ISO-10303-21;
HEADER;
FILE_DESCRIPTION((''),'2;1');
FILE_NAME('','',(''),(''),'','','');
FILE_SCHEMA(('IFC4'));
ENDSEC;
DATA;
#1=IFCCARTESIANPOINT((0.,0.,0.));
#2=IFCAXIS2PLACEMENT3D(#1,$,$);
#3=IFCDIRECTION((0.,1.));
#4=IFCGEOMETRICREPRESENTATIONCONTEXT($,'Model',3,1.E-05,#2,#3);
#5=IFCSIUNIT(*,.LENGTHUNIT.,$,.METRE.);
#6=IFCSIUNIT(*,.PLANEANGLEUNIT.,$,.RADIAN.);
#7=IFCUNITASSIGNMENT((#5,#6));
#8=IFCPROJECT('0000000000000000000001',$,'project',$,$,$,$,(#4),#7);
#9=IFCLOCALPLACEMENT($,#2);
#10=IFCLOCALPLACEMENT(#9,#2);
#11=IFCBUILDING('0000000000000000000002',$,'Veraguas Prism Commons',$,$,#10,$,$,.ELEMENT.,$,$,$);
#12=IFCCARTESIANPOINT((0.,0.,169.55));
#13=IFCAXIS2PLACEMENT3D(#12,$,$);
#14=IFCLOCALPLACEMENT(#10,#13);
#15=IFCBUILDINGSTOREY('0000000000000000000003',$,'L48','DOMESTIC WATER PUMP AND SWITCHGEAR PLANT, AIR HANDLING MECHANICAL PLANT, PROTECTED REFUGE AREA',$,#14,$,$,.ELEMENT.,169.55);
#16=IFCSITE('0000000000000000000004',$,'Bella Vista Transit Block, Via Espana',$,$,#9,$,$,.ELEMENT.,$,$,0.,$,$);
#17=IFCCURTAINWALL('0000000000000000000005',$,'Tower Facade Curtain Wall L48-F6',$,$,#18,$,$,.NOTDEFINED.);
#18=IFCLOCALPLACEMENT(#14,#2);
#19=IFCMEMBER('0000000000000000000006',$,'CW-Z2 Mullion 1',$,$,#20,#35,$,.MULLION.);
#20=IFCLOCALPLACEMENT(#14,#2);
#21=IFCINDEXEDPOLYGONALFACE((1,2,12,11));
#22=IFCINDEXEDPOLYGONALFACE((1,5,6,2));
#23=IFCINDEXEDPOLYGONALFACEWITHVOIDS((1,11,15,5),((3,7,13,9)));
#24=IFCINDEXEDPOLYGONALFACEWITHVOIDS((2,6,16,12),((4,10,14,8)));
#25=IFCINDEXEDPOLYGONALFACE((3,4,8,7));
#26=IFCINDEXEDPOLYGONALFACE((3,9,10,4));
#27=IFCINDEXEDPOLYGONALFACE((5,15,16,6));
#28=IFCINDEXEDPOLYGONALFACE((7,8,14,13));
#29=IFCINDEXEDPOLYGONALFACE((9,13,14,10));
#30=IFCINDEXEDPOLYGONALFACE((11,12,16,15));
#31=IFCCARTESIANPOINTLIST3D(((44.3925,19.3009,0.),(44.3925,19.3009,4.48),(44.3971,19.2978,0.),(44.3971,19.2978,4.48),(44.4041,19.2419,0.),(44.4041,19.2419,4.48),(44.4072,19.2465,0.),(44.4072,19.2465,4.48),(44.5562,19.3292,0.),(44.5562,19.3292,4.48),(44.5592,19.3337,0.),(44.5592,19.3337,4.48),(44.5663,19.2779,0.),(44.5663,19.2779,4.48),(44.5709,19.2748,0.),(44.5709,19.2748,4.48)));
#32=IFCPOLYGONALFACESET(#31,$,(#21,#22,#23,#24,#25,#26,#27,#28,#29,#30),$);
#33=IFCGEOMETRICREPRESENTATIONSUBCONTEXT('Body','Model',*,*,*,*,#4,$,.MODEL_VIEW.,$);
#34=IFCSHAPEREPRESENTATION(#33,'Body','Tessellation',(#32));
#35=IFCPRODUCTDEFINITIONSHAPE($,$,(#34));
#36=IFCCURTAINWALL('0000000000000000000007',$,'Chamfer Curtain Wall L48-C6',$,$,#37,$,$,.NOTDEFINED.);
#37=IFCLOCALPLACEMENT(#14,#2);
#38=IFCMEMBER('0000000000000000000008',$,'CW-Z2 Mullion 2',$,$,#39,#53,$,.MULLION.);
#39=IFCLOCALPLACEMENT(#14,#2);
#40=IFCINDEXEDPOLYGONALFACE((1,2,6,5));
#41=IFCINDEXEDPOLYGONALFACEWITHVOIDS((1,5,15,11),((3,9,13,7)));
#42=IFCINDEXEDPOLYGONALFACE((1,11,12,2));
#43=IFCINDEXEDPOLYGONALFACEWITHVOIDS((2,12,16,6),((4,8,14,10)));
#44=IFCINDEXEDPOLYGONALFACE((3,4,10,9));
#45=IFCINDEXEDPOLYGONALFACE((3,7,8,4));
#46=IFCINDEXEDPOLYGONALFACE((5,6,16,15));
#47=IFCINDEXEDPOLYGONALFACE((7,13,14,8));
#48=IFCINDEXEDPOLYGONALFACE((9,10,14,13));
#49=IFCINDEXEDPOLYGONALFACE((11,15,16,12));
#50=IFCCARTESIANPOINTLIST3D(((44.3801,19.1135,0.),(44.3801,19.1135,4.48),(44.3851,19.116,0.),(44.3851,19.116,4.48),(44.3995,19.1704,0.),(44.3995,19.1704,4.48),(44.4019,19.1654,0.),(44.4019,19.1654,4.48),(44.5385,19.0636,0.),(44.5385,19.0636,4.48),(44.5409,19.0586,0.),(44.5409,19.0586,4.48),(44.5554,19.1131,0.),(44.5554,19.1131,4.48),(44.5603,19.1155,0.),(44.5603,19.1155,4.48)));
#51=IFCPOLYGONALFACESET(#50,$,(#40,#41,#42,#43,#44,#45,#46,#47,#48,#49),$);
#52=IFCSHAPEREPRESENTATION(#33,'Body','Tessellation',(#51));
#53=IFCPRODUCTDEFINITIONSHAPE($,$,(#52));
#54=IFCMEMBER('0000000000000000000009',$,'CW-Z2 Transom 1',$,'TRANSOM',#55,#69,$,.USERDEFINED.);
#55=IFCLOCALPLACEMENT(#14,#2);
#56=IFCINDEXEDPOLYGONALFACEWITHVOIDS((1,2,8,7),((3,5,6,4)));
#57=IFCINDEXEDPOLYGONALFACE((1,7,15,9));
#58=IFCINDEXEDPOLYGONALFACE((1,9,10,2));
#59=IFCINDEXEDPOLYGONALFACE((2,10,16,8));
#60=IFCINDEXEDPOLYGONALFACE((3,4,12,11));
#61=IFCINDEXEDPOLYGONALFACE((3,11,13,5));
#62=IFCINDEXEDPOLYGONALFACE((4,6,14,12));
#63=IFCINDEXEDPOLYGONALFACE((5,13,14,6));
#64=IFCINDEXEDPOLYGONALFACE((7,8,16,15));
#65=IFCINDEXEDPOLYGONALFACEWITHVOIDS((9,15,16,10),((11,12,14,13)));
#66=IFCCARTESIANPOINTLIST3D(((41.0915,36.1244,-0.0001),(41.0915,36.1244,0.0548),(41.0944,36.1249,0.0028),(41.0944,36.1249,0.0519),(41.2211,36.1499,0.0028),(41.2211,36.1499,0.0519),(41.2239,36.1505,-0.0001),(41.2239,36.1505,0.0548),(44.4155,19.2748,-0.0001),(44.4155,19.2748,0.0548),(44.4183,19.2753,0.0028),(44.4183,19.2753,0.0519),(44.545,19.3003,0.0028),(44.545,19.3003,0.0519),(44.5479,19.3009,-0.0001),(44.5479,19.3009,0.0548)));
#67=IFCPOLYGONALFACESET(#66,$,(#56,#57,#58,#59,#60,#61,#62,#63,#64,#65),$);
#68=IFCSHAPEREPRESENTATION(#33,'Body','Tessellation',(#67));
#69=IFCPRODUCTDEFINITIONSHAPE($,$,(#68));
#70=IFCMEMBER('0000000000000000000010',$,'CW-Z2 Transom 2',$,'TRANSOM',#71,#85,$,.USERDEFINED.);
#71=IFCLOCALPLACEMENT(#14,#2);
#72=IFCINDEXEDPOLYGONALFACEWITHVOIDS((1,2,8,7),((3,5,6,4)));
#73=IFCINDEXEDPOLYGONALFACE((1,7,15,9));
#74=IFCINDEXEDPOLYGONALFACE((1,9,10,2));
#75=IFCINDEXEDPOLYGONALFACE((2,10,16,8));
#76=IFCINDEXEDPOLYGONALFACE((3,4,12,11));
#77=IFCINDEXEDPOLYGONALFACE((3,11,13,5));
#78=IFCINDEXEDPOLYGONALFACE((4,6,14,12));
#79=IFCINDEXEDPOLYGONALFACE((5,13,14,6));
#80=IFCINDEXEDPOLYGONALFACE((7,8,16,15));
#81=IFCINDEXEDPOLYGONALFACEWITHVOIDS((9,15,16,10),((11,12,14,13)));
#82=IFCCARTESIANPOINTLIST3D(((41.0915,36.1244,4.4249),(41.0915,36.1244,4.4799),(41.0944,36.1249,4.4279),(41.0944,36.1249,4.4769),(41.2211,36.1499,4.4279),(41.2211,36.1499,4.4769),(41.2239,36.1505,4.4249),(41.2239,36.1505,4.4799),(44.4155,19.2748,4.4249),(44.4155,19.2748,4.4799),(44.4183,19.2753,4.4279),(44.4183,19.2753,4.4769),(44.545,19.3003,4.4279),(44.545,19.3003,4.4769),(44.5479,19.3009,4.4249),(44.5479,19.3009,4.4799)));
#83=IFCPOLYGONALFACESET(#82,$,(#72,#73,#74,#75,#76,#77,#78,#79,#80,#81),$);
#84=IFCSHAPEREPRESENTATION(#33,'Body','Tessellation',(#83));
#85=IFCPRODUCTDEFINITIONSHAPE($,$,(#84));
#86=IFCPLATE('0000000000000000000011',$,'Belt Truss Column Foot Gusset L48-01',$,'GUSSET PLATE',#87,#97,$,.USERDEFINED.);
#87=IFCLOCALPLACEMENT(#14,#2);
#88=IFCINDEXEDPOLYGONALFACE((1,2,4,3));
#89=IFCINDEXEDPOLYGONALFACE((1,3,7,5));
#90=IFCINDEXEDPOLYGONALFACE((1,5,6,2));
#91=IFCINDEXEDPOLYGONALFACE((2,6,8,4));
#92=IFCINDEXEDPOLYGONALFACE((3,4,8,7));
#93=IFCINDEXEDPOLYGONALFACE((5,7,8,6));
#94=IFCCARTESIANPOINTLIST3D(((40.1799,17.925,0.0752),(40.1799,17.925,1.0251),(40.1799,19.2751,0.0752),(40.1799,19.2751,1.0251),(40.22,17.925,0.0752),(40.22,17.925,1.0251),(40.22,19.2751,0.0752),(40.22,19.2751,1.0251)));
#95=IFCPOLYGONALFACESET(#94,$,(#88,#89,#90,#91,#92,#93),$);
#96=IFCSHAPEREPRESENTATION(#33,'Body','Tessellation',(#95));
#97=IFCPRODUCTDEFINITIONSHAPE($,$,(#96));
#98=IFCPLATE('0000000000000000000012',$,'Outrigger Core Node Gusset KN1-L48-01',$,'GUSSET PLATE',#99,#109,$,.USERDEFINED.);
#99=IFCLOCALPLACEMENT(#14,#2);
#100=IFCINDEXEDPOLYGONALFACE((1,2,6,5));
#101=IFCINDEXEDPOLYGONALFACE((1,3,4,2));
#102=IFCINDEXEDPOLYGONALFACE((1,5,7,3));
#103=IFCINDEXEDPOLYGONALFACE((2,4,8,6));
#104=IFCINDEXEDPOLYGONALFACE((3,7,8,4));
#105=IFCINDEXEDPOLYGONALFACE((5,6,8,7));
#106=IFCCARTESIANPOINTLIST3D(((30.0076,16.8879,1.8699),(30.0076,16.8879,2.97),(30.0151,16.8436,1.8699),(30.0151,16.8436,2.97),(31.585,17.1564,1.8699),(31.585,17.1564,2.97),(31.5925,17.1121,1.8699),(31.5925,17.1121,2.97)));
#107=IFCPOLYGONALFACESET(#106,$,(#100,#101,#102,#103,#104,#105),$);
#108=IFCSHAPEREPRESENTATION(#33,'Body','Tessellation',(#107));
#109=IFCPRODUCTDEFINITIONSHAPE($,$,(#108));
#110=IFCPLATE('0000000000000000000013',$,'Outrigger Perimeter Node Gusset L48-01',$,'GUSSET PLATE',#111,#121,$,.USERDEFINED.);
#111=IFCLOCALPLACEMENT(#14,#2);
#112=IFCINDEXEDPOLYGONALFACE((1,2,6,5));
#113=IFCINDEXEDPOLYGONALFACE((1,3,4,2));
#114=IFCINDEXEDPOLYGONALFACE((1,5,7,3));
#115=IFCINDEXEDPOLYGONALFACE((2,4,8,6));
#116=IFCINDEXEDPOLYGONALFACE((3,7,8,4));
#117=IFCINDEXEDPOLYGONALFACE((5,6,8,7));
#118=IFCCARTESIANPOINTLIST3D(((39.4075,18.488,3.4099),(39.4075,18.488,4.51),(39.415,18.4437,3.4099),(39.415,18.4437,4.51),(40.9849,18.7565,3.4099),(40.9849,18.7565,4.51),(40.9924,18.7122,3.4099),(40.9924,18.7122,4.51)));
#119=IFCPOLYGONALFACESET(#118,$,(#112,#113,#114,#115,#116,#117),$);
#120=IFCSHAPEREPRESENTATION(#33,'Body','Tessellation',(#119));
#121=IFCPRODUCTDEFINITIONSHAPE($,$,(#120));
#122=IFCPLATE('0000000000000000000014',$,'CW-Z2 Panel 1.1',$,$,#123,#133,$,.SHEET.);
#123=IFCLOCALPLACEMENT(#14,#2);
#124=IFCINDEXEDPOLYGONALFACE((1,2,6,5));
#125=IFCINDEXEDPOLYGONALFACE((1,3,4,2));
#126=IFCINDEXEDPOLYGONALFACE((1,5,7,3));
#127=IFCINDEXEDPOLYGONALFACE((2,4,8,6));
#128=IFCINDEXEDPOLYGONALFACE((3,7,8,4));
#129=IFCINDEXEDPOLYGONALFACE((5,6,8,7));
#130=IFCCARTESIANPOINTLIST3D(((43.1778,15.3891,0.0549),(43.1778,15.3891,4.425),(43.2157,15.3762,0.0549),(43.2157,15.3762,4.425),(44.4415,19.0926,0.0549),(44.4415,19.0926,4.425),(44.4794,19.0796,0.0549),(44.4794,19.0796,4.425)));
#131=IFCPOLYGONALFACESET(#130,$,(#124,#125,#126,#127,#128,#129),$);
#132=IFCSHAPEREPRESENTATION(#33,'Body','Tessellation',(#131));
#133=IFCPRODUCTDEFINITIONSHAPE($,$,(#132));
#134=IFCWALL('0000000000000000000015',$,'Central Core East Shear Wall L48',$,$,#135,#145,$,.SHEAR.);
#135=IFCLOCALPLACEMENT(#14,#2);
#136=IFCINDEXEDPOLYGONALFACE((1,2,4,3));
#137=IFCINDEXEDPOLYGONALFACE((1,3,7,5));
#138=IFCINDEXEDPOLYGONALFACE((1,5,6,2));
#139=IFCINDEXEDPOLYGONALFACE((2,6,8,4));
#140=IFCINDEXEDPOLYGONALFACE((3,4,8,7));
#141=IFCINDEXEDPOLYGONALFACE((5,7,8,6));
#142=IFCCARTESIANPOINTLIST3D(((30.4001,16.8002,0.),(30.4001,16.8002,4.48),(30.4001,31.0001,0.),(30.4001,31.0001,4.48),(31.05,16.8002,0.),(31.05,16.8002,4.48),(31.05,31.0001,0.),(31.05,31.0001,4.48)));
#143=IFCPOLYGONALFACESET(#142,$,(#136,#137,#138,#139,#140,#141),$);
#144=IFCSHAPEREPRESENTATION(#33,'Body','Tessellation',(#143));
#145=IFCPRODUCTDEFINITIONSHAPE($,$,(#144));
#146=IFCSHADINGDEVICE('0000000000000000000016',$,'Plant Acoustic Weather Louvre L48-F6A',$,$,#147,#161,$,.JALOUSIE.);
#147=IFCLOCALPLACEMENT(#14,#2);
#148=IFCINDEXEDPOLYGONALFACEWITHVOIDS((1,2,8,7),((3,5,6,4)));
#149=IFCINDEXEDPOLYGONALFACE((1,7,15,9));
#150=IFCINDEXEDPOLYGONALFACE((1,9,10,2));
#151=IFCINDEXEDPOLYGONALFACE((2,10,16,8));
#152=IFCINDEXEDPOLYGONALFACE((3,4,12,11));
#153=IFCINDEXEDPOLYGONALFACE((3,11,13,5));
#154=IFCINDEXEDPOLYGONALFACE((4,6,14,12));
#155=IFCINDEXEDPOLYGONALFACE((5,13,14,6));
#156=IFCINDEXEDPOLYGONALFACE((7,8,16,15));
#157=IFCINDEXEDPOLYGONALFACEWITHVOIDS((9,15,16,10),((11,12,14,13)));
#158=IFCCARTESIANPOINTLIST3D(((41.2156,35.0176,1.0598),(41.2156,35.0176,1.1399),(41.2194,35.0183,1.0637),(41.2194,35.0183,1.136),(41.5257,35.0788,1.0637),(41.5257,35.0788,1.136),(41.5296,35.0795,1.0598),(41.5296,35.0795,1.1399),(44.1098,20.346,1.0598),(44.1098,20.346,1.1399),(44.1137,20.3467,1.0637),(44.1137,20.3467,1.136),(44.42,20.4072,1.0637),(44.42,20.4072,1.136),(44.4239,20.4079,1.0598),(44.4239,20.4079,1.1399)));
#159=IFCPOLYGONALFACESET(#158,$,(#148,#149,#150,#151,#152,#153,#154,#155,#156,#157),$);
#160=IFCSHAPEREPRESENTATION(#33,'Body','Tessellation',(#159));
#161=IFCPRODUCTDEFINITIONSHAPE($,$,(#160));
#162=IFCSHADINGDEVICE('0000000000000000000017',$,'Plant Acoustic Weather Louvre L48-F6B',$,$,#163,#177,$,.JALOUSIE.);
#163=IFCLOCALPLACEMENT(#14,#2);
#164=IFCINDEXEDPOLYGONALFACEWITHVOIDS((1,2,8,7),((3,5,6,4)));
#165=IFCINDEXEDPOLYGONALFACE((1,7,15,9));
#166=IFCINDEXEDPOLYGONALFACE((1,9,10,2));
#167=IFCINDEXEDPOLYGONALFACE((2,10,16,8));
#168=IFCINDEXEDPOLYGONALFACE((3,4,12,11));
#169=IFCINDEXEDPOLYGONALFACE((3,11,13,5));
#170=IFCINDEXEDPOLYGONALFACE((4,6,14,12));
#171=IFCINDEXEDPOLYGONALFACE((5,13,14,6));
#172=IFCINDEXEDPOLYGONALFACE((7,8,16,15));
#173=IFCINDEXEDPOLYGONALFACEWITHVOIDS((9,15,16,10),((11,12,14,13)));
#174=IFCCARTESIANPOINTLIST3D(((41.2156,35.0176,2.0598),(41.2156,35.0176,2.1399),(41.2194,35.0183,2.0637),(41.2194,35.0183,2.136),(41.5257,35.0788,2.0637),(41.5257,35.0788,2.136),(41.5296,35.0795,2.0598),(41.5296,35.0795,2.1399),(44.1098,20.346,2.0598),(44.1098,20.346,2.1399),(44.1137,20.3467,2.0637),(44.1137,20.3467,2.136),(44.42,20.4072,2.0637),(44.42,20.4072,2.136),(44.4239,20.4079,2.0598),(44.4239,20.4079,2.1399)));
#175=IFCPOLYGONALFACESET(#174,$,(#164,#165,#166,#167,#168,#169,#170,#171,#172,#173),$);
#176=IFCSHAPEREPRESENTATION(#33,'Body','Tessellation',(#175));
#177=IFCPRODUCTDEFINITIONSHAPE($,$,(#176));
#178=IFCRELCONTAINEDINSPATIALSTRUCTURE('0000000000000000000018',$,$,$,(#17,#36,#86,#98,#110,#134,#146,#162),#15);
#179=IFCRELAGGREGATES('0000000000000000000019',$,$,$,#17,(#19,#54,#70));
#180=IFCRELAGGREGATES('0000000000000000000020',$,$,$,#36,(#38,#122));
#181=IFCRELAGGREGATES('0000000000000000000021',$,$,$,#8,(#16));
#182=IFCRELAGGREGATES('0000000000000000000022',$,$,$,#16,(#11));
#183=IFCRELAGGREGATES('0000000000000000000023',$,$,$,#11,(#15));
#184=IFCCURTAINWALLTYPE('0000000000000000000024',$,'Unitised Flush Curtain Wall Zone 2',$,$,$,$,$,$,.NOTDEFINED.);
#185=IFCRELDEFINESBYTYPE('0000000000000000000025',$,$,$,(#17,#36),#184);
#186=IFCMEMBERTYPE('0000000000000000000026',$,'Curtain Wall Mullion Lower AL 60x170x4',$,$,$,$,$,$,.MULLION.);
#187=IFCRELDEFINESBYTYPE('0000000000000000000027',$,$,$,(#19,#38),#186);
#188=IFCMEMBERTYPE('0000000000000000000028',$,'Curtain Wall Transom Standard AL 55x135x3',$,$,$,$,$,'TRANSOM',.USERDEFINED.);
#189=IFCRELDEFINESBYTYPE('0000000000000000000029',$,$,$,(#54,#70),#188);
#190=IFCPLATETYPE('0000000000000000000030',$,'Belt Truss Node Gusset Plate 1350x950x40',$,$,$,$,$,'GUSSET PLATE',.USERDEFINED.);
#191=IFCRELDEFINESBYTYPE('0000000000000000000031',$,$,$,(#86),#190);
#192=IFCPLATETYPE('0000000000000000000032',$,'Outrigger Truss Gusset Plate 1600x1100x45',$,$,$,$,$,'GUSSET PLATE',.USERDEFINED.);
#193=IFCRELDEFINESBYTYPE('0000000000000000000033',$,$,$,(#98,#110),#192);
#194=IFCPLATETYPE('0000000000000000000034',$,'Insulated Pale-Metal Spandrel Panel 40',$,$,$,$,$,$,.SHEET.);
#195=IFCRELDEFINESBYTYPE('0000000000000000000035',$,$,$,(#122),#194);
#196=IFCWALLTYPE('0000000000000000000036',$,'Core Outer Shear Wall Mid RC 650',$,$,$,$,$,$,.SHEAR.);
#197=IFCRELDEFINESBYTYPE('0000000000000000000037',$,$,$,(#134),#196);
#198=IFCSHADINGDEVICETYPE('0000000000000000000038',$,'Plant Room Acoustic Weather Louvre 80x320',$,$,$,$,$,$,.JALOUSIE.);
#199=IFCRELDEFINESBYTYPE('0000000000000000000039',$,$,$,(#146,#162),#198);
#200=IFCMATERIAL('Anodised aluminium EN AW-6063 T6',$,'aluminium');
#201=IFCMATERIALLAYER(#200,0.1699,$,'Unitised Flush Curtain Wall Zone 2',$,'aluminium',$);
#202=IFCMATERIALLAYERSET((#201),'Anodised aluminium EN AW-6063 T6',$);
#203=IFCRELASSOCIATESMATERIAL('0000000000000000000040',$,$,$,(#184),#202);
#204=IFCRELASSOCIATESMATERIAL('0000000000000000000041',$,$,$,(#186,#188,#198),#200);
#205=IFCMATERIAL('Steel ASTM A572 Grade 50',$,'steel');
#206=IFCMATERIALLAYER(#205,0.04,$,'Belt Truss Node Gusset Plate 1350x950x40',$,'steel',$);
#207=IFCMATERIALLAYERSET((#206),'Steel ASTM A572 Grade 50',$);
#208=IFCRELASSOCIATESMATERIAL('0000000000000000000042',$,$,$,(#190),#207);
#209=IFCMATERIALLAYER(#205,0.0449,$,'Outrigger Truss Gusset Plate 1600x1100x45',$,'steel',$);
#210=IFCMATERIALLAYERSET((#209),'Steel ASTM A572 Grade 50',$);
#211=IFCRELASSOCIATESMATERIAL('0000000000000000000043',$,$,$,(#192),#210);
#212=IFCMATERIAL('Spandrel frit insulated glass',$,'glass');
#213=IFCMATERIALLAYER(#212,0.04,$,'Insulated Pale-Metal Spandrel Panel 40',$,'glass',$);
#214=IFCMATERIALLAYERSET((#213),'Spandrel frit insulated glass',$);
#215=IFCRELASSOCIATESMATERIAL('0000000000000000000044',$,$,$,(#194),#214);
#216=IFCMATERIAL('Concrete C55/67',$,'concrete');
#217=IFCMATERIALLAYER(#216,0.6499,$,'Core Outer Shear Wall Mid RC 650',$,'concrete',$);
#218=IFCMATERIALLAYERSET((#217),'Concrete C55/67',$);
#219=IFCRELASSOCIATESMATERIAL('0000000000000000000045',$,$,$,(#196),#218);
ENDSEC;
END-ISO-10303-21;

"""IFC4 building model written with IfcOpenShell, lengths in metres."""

from ifc_helpers import new_model, si_unit, direction, frame, frame_2d, origin, origin_2d, place, context, subcontext, project, spatial, rectangle, hollow_rectangle, extrude, source, transform, mapped, material, layer, layer_set, material_profile, profile_set, type_object, element, aggregate, save


model = new_model("IFC4")

# Units and contexts
model_context = context("Model", 3, precision=1e-05, world=origin(), true_north=direction((0.0, 1.0)))
body_context = subcontext(model_context, "Body", "Model", "MODEL_VIEW")
ifc_project = project(units=[si_unit("LENGTHUNIT", "METRE"), si_unit("PLANEANGLEUNIT", "RADIAN")], contexts=[model_context])

# Site, building, storey
site_placement = place(None, origin())
site = spatial("IfcSite", under=ifc_project, at=site_placement, Name="Bella Vista Transit Block, Via Espana", CompositionType="ELEMENT", RefElevation=0.0)
building_placement = place(site_placement, origin())
building = spatial("IfcBuilding", under=site, at=building_placement, Name="Veraguas Prism Commons", CompositionType="ELEMENT")
storey_placement = place(building_placement, frame((0.0, 0.0, 169.55)))
storey = spatial("IfcBuildingStorey", under=building, at=storey_placement, Name="L48", Description="DOMESTIC WATER PUMP AND SWITCHGEAR PLANT, AIR HANDLING MECHANICAL PLANT, PROTECTED REFUGE AREA", CompositionType="ELEMENT", Elevation=169.55)

# Curtain walls, members
ifc_material_1 = material(Name="Anodised aluminium EN AW-6063 T6", Category="aluminium")
ifc_layer_1 = layer(ifc_material_1, 0.1699, Name="Unitised Flush Curtain Wall Zone 2", Category="aluminium")
ifc_layer_set_1 = layer_set([ifc_layer_1], Name="Anodised aluminium EN AW-6063 T6")
curtain_wall_type = type_object("IfcCurtainWallType", Name="Unitised Flush Curtain Wall Zone 2", PredefinedType="NOTDEFINED", material=ifc_layer_set_1)
curtain_wall_1_placement = place(storey_placement, origin())
curtain_wall_1 = element("IfcCurtainWall", 1, at=curtain_wall_1_placement, inside=storey, type_object=curtain_wall_type, Name="Tower Facade Curtain Wall L48-F6", PredefinedType="NOTDEFINED")
ifc_material_profile_1 = material_profile(ifc_material_1, hollow_rectangle(XDim=0.0601, YDim=0.1699, WallThickness=0.0039, at=origin_2d()), Name="AL60X170X4")
ifc_profile_set_1 = profile_set([ifc_material_profile_1], Name="Anodised aluminium EN AW-6063 T6")
member_type_1 = type_object("IfcMemberType", Name="Curtain Wall Mullion Lower AL 60x170x4", PredefinedType="MULLION", material=ifc_profile_set_1)
shared_shape_1 = source(origin(), body_context, "Body", "SweptSolid", [
    extrude(hollow_rectangle(XDim=0.0601, YDim=0.1699, WallThickness=0.0039, at=origin_2d()), origin(), (0.0, 0.0, 1.0), 4.48),
])
member_1_placement = place(storey_placement, frame((44.4817, 19.2878, 0.0), z_axis=(0.0, 0.0, 1.0), x_axis=(-0.193549, 0.981091, 0.0)))
member_1 = element("IfcMember", 2, at=member_1_placement, type_object=member_type_1, Name="CW-Z2 Mullion 1", PredefinedType="MULLION", context=body_context, shape_type="MappedRepresentation", body=[
    mapped(shared_shape_1, transform((0.0, 0.0, 0.0), scale=1.0)),
])
curtain_wall_2_placement = place(storey_placement, origin())
curtain_wall_2 = element("IfcCurtainWall", 3, at=curtain_wall_2_placement, inside=storey, type_object=curtain_wall_type, Name="Chamfer Curtain Wall L48-C6", PredefinedType="NOTDEFINED")
member_2_placement = place(storey_placement, frame((44.4702, 19.1145, 0.0), z_axis=(0.0, 0.0, 1.0), x_axis=(0.32293, 0.946423, 0.0)))
member_2 = element("IfcMember", 4, at=member_2_placement, type_object=member_type_1, Name="CW-Z2 Mullion 2", PredefinedType="MULLION", context=body_context, shape_type="MappedRepresentation", body=[
    mapped(shared_shape_1, transform((0.0, 0.0, 0.0), scale=1.0)),
])

# Members
ifc_material_profile_2 = material_profile(ifc_material_1, hollow_rectangle(XDim=0.0549, YDim=0.135, WallThickness=0.0029, at=origin_2d()), Name="AL55X135X3")
ifc_profile_set_2 = profile_set([ifc_material_profile_2], Name="Anodised aluminium EN AW-6063 T6")
member_type_2 = type_object("IfcMemberType", Name="Curtain Wall Transom Standard AL 55x135x3", ElementType="TRANSOM", PredefinedType="USERDEFINED", material=ifc_profile_set_2)
shared_shape_2 = source(origin(), body_context, "Body", "SweptSolid", [
    extrude(hollow_rectangle(XDim=0.0549, YDim=0.135, WallThickness=0.0029, at=origin_2d()), origin(), (0.0, 0.0, 1.0), 17.1743),
])
member_3_placement = place(storey_placement, frame((44.4817, 19.2878, 0.0273), z_axis=(-0.193543, 0.981092, 0.0), x_axis=(0.0, 0.0, 1.0)))
member_3 = element("IfcMember", 5, at=member_3_placement, type_object=member_type_2, Name="CW-Z2 Transom 1", ObjectType="TRANSOM", PredefinedType="USERDEFINED", context=body_context, shape_type="MappedRepresentation", body=[
    mapped(shared_shape_2, transform((0.0, 0.0, 0.0), scale=1.0)),
])
member_4_placement = place(storey_placement, frame((44.4817, 19.2878, 4.4524), z_axis=(-0.193543, 0.981092, 0.0), x_axis=(0.0, 0.0, 1.0)))
member_4 = element("IfcMember", 6, at=member_4_placement, type_object=member_type_2, Name="CW-Z2 Transom 2", ObjectType="TRANSOM", PredefinedType="USERDEFINED", context=body_context, shape_type="MappedRepresentation", body=[
    mapped(shared_shape_2, transform((0.0, 0.0, 0.0), scale=1.0)),
])
aggregate(curtain_wall_1, [member_1, member_3, member_4])

# Plates
ifc_material_2 = material(Name="Steel ASTM A572 Grade 50", Category="steel")
ifc_layer_2 = layer(ifc_material_2, 0.04, Name="Belt Truss Node Gusset Plate 1350x950x40", Category="steel")
ifc_layer_set_2 = layer_set([ifc_layer_2], Name="Steel ASTM A572 Grade 50")
plate_type_1 = type_object("IfcPlateType", Name="Belt Truss Node Gusset Plate 1350x950x40", ElementType="GUSSET PLATE", PredefinedType="USERDEFINED", material=ifc_layer_set_2)
shared_shape_3 = source(origin(), body_context, "Body", "SweptSolid", [
    extrude(rectangle(XDim=1.3501, YDim=0.04, at=origin_2d()), origin(), (0.0, 0.0, 1.0), 0.95),
])
plate_1_placement = place(storey_placement, frame((40.2, 18.6001, 0.0752), z_axis=(0.0, 0.0, 1.0), x_axis=(0.0, 1.0, 0.0)))
element("IfcPlate", 7, at=plate_1_placement, inside=storey, type_object=plate_type_1, Name="Belt Truss Column Foot Gusset L48-01", ObjectType="GUSSET PLATE", PredefinedType="USERDEFINED", context=body_context, shape_type="MappedRepresentation", body=[
    mapped(shared_shape_3, transform((0.0, 0.0, 0.0), scale=1.0)),
])
ifc_layer_3 = layer(ifc_material_2, 0.0449, Name="Outrigger Truss Gusset Plate 1600x1100x45", Category="steel")
ifc_layer_set_3 = layer_set([ifc_layer_3], Name="Steel ASTM A572 Grade 50")
plate_type_2 = type_object("IfcPlateType", Name="Outrigger Truss Gusset Plate 1600x1100x45", ElementType="GUSSET PLATE", PredefinedType="USERDEFINED", material=ifc_layer_set_3)
shared_shape_4 = source(origin(), body_context, "Body", "SweptSolid", [
    extrude(rectangle(XDim=1.6001, YDim=0.0449, at=origin_2d()), origin(), (0.0, 0.0, 1.0), 1.1001),
])
for number, where, z_axis, x_axis, name in (
    (8, (30.8, 17.0, 1.8699), (0.0, 0.0, 1.0), (0.985821, 0.167799, 0.0), "Outrigger Core Node Gusset KN1-L48-01"),
    (9, (40.2, 18.6001, 3.4099), (0.0, 0.0, 1.0), (0.985821, 0.167799, 0.0), "Outrigger Perimeter Node Gusset L48-01"),
):
    element("IfcPlate", number, at=place(storey_placement, frame(where, z_axis=z_axis, x_axis=x_axis)), inside=storey, type_object=plate_type_2, Name=name, ObjectType="GUSSET PLATE", PredefinedType="USERDEFINED", context=body_context, shape_type="MappedRepresentation", body=[
        mapped(shared_shape_4, transform((0.0, 0.0, 0.0), scale=1.0)),
    ])

# Plate
ifc_material_3 = material(Name="Spandrel frit insulated glass", Category="glass")
ifc_layer_4 = layer(ifc_material_3, 0.04, Name="Insulated Pale-Metal Spandrel Panel 40", Category="glass")
ifc_layer_set_4 = layer_set([ifc_layer_4], Name="Spandrel frit insulated glass")
plate_type_3 = type_object("IfcPlateType", Name="Insulated Pale-Metal Spandrel Panel 40", PredefinedType="SHEET", material=ifc_layer_set_4)
shared_shape_5 = source(origin(), body_context, "Body", "SweptSolid", [
    extrude(rectangle(XDim=3.9131, YDim=0.04, at=origin_2d()), origin(), (0.0, 0.0, 1.0), 4.3701),
])
plate_2_placement = place(storey_placement, frame((43.8286, 17.2344, 0.0549), z_axis=(0.0, 0.0, 1.0), x_axis=(0.32293, 0.946423, 0.0)))
plate_2 = element("IfcPlate", 10, at=plate_2_placement, type_object=plate_type_3, Name="CW-Z2 Panel 1.1", PredefinedType="SHEET", context=body_context, shape_type="MappedRepresentation", body=[
    mapped(shared_shape_5, transform((0.0, 0.0, 0.0), scale=1.0)),
])
aggregate(curtain_wall_2, [member_2, plate_2])

# Wall
ifc_material_4 = material(Name="Concrete C55/67", Category="concrete")
ifc_layer_5 = layer(ifc_material_4, 0.6499, Name="Core Outer Shear Wall Mid RC 650", Category="concrete")
ifc_layer_set_5 = layer_set([ifc_layer_5], Name="Concrete C55/67")
wall_type = type_object("IfcWallType", Name="Core Outer Shear Wall Mid RC 650", PredefinedType="SHEAR", material=ifc_layer_set_5)
wall_placement = place(storey_placement, frame((30.7251, 16.8, 0.0), z_axis=(0.0, 0.0, 1.0), x_axis=(0.0, 1.0, 0.0)))
element("IfcWall", 11, at=wall_placement, inside=storey, type_object=wall_type, Name="Central Core East Shear Wall L48", PredefinedType="SHEAR", context=body_context, shape_type="SweptSolid", body=[
    extrude(rectangle(XDim=14.2, YDim=0.6499, at=frame_2d((7.1001, 0.0))), origin(), (0.0, 0.0, 1.0), 4.48),
])

# Shading devices
ifc_material_profile_3 = material_profile(ifc_material_1, hollow_rectangle(XDim=0.0801, YDim=0.3201, WallThickness=0.0039, at=origin_2d()), Name="LVR80X320X4")
ifc_profile_set_3 = profile_set([ifc_material_profile_3], Name="Anodised aluminium EN AW-6063 T6")
shading_device_type = type_object("IfcShadingDeviceType", Name="Plant Room Acoustic Weather Louvre 80x320", PredefinedType="JALOUSIE", material=ifc_profile_set_3)
for number, where, z_axis, x_axis, name in (
    (12, (44.2668, 20.377, 1.0999), (-0.193541, 0.981092, 0.0), (0.0, 0.0, 1.0), "Plant Acoustic Weather Louvre L48-F6A"),
    (13, (44.2668, 20.377, 2.0999), (-0.193541, 0.981092, 0.0), (0.0, 0.0, 1.0), "Plant Acoustic Weather Louvre L48-F6B"),
):
    element("IfcShadingDevice", number, at=place(storey_placement, frame(where, z_axis=z_axis, x_axis=x_axis)), inside=storey, type_object=shading_device_type, Name=name, PredefinedType="JALOUSIE", context=body_context, shape_type="SweptSolid", body=[
        extrude(hollow_rectangle(XDim=0.0801, YDim=0.3201, WallThickness=0.0039, at=origin_2d()), origin(), (0.0, 0.0, 1.0), 14.9543),
    ])

save(model, "model.ifc")
